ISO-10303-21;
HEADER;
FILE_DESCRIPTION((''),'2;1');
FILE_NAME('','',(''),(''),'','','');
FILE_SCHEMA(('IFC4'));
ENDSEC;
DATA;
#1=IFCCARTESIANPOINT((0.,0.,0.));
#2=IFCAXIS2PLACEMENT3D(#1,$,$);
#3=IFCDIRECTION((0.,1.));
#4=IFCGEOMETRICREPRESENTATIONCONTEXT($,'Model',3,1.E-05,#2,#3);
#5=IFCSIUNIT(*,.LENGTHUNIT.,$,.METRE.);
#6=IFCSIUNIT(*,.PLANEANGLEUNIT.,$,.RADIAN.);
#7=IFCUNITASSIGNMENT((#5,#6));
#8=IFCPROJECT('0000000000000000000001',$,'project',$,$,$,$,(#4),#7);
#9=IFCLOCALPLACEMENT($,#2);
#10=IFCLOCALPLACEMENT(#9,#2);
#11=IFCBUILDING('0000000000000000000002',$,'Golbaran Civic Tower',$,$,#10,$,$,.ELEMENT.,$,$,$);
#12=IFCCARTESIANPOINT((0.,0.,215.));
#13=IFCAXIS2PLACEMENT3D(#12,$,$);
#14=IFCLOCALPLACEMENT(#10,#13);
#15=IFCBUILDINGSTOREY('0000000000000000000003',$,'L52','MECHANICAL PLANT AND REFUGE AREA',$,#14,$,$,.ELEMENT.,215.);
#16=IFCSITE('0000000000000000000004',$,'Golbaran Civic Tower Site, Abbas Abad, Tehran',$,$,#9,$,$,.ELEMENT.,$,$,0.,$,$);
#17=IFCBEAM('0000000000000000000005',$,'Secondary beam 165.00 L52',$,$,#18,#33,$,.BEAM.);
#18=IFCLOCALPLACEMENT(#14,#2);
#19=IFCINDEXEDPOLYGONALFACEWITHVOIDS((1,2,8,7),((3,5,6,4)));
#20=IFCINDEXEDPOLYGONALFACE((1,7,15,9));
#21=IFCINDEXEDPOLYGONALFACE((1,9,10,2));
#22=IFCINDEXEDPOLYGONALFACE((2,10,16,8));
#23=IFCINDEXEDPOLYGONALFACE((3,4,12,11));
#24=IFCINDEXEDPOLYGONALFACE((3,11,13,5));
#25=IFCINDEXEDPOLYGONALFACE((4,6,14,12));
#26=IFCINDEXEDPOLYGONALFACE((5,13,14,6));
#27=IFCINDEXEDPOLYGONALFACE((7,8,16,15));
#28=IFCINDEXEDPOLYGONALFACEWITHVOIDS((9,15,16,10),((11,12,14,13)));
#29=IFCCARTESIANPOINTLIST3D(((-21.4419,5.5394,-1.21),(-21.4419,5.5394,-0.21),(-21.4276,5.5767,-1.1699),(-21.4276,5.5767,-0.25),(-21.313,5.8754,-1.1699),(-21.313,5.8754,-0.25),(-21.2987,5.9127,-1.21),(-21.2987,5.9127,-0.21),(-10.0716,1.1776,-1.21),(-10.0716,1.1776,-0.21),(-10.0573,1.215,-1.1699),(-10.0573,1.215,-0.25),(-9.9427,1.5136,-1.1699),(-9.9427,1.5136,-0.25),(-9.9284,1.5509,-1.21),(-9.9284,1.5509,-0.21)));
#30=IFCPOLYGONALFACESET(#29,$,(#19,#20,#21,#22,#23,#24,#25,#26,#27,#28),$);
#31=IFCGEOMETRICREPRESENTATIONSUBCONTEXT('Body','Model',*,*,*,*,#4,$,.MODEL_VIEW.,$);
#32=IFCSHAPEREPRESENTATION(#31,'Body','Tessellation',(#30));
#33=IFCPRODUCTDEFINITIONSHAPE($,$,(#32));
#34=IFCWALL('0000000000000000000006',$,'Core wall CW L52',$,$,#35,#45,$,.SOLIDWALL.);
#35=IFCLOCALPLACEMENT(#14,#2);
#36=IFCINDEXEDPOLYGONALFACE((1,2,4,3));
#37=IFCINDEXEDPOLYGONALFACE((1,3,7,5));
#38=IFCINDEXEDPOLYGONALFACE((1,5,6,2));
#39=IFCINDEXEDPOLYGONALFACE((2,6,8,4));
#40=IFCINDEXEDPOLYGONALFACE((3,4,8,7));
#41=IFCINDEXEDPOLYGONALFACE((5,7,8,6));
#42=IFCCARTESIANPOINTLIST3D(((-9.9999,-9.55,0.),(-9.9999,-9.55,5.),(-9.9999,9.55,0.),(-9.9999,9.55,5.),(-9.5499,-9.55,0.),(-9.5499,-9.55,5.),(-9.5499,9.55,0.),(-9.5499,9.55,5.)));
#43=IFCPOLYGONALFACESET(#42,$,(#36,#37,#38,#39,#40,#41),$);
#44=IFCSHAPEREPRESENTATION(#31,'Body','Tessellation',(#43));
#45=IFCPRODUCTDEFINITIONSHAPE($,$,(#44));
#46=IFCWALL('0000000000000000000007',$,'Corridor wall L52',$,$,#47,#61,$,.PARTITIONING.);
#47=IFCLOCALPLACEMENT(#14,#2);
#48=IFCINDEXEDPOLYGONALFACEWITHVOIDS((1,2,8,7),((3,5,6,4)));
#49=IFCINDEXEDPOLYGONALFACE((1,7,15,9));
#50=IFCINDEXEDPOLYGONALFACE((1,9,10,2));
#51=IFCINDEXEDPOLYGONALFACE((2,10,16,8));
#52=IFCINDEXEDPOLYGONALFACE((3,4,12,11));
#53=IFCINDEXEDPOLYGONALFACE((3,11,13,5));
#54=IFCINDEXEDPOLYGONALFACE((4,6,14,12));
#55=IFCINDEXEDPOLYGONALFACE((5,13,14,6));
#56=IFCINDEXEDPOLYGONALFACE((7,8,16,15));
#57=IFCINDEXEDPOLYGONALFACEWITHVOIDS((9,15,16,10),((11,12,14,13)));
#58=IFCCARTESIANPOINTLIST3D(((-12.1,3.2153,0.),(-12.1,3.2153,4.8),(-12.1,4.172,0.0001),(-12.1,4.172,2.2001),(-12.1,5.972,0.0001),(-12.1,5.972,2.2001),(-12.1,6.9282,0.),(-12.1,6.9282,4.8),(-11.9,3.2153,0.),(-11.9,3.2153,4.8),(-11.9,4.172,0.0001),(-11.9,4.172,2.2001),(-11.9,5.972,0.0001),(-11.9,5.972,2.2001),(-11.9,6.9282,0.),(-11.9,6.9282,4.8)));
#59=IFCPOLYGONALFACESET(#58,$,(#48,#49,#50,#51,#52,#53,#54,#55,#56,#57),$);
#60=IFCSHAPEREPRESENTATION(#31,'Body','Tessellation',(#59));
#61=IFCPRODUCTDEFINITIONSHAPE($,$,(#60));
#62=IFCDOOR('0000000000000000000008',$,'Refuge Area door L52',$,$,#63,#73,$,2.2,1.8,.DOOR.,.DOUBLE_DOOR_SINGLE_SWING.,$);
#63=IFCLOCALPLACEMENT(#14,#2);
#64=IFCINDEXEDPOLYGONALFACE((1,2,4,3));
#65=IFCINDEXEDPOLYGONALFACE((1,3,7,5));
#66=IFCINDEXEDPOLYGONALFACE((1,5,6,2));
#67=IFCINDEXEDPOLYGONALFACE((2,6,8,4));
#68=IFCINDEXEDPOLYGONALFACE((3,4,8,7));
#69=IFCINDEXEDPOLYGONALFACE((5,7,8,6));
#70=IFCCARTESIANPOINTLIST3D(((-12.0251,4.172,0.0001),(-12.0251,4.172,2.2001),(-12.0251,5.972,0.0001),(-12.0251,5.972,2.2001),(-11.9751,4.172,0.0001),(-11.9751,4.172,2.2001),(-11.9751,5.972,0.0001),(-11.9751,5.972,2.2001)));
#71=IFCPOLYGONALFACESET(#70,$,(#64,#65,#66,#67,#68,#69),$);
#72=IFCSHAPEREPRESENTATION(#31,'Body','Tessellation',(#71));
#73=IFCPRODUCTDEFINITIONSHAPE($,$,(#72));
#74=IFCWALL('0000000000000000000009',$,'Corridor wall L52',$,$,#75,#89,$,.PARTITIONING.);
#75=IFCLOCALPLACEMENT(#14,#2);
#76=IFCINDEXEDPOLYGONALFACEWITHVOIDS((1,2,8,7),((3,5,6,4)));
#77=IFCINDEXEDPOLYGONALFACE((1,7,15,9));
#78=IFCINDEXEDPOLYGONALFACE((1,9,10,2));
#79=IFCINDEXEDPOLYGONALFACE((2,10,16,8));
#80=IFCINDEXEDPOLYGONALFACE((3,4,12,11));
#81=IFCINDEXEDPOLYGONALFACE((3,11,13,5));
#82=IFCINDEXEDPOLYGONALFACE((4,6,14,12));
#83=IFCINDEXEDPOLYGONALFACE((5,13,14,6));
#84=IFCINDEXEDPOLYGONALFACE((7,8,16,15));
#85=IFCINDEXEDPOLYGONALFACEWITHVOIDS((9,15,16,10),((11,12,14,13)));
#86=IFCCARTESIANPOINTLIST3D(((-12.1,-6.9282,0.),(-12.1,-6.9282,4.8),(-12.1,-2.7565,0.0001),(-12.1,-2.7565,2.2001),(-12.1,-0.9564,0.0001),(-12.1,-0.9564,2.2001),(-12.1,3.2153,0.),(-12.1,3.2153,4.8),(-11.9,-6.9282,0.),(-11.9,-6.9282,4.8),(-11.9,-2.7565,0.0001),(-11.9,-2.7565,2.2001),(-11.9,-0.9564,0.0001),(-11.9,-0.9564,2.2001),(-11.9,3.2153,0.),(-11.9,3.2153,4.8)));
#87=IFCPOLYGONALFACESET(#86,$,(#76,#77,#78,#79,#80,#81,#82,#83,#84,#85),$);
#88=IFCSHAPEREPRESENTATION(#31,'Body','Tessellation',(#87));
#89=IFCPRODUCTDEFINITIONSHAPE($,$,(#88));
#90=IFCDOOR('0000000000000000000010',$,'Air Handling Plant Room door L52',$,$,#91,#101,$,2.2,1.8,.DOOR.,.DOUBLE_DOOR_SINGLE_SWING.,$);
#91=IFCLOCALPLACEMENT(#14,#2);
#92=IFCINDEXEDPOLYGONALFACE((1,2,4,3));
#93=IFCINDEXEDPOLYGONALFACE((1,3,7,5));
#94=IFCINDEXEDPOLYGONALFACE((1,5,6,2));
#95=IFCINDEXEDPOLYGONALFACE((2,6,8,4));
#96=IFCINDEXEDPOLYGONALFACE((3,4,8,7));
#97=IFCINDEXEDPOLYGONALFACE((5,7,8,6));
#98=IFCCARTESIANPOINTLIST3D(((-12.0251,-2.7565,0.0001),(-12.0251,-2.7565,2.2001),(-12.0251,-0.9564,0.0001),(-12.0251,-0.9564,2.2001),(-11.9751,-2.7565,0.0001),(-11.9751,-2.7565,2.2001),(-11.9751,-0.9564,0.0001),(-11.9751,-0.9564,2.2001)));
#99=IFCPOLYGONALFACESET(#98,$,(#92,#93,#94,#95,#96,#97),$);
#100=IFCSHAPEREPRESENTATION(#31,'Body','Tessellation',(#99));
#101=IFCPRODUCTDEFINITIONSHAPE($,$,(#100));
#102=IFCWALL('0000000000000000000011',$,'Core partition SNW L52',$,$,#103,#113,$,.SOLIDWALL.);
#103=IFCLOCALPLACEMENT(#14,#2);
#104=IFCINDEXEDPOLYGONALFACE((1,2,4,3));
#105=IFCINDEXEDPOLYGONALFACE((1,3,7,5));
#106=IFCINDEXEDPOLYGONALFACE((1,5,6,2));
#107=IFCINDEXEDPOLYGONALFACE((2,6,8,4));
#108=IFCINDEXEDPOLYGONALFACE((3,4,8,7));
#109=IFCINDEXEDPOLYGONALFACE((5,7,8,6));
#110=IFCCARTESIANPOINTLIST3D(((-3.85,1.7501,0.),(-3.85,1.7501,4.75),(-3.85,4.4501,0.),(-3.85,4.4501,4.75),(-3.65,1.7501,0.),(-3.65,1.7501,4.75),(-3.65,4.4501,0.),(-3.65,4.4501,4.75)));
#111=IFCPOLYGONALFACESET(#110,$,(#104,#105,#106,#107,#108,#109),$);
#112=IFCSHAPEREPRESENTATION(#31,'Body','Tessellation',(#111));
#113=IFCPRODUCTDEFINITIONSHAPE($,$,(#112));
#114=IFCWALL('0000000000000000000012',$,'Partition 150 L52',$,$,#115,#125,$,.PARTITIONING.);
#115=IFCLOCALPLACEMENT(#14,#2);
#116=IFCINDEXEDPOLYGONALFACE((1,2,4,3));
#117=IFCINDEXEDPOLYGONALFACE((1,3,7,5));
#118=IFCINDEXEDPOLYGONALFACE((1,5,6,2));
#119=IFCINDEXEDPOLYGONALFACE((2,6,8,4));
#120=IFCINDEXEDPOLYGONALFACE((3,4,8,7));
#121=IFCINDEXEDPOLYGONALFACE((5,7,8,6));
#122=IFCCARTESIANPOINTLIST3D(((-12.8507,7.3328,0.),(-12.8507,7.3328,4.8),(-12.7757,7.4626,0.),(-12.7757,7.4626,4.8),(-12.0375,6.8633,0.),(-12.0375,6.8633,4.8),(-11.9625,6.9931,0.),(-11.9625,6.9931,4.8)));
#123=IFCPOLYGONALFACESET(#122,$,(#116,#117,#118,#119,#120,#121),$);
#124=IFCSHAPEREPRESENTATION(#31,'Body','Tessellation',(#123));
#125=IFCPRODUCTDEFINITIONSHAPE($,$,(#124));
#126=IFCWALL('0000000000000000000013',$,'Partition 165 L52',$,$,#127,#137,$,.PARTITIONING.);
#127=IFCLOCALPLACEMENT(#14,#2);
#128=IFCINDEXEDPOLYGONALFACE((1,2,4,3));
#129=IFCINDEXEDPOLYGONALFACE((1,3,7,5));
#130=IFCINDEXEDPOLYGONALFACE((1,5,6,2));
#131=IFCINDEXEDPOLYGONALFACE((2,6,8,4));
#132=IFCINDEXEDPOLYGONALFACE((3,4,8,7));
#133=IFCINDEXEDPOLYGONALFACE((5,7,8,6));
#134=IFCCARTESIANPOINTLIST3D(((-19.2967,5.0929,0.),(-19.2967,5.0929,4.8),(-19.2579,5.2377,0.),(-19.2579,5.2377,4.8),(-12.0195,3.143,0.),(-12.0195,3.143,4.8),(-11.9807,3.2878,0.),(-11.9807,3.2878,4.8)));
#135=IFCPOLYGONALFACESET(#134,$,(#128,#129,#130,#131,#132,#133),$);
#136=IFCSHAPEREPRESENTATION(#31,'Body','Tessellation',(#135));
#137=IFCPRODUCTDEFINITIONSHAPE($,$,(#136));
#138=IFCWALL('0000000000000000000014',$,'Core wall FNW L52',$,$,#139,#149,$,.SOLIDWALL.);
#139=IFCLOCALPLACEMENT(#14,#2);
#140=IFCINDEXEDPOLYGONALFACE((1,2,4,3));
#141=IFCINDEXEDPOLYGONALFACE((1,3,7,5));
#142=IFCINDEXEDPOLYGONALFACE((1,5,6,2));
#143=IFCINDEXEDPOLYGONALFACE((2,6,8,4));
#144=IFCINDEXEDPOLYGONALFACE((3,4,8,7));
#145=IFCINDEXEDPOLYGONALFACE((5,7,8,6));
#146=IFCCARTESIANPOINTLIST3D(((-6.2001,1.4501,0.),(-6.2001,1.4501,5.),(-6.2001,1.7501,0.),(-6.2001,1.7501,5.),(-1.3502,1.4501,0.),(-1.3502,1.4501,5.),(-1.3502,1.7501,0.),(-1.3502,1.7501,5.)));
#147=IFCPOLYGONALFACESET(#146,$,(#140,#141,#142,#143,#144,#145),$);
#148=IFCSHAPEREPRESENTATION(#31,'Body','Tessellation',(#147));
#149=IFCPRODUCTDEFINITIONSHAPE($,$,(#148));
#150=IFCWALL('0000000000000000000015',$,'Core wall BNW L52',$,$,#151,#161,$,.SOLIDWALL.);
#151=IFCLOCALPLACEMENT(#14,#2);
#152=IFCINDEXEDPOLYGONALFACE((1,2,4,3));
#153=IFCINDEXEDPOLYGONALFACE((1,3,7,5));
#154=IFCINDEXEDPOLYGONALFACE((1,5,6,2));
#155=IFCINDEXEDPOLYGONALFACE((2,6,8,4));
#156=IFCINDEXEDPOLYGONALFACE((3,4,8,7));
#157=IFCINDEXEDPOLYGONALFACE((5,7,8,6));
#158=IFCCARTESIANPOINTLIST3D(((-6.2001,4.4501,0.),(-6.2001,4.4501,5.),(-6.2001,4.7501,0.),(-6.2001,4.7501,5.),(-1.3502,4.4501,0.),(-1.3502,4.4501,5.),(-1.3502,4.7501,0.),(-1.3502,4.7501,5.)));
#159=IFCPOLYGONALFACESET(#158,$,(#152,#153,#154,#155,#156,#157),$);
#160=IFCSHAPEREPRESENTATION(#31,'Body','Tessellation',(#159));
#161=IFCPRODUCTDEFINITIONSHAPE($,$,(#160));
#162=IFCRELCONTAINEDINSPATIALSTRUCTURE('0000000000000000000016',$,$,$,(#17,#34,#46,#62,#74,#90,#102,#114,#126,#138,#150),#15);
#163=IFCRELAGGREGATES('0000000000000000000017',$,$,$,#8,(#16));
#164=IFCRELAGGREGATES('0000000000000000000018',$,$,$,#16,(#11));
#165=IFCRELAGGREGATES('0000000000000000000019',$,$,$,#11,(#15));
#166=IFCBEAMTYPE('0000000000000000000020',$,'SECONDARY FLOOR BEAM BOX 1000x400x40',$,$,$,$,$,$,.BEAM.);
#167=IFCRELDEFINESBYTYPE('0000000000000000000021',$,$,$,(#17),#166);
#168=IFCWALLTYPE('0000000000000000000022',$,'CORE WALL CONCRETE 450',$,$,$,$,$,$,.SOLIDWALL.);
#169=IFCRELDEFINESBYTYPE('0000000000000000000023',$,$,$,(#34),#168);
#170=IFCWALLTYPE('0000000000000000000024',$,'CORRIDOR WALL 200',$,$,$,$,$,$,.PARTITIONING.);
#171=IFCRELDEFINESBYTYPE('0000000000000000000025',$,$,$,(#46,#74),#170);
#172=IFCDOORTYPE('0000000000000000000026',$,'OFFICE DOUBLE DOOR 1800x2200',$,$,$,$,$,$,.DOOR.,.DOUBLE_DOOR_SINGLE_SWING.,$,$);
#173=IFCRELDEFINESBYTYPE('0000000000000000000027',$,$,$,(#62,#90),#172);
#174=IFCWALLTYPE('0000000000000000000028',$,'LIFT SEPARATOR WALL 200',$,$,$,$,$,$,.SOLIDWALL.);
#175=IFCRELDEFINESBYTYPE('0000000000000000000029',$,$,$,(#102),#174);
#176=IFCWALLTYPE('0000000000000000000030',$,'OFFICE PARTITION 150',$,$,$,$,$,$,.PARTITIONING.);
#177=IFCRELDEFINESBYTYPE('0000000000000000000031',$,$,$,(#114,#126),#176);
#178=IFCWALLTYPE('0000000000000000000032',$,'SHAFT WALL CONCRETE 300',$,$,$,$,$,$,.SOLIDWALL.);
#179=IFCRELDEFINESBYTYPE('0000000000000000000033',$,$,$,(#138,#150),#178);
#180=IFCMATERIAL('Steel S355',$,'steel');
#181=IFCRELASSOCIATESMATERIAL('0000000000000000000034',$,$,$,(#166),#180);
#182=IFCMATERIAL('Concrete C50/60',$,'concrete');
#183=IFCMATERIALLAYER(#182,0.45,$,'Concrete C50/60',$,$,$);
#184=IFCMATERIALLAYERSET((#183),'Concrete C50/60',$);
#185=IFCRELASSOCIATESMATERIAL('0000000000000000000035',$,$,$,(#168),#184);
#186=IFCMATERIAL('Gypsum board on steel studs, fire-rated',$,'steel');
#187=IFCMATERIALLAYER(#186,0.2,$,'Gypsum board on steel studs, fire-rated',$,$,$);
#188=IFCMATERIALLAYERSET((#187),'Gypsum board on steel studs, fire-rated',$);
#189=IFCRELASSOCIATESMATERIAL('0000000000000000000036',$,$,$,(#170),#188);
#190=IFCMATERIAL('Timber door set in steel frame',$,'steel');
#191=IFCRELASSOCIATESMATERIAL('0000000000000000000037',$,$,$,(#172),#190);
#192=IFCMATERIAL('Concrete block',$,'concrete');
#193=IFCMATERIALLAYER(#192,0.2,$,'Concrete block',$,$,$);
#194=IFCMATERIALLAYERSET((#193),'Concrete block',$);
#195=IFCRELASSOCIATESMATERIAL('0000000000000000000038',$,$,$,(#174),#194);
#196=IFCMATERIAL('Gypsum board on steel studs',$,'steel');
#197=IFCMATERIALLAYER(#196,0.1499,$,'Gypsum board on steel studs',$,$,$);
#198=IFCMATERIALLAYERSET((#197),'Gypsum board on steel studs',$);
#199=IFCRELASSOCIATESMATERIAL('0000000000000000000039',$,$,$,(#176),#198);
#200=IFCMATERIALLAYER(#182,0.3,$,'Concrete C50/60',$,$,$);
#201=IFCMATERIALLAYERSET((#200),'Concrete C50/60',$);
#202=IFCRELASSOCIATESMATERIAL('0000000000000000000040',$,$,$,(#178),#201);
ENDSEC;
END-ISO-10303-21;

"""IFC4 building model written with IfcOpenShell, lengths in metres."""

from ifc_helpers import new_model, si_unit, direction, frame, frame_2d, origin, origin_2d, place, context, subcontext, project, spatial, rectangle, hollow_rectangle, extrude, material, layer, layer_set, material_profile, profile_set, type_object, element, fill, save


model = new_model("IFC4")

# Units and contexts
model_context = context("Model", 3, precision=1e-05, world=origin(), true_north=direction((0.0, 1.0)))
body_context = subcontext(model_context, "Body", "Model", "MODEL_VIEW")
ifc_project = project(units=[si_unit("LENGTHUNIT", "METRE"), si_unit("PLANEANGLEUNIT", "RADIAN")], contexts=[model_context])

# Site, building, storey
site_placement = place(None, origin())
site = spatial("IfcSite", under=ifc_project, at=site_placement, Name="Golbaran Civic Tower Site, Abbas Abad, Tehran", CompositionType="ELEMENT", RefElevation=0.0)
building_placement = place(site_placement, origin())
building = spatial("IfcBuilding", under=site, at=building_placement, Name="Golbaran Civic Tower", CompositionType="ELEMENT")
storey_placement = place(building_placement, frame((0.0, 0.0, 215.0)))
storey = spatial("IfcBuildingStorey", under=building, at=storey_placement, Name="L52", Description="MECHANICAL PLANT AND REFUGE AREA", CompositionType="ELEMENT", Elevation=215.0)

# Beam
ifc_material_1 = material(Name="Steel S355", Category="steel")
ifc_material_profile_1 = material_profile(ifc_material_1, hollow_rectangle(XDim=0.3999, YDim=1.0, WallThickness=0.04, at=origin_2d()), Name="BOX 1000x400x40")
ifc_profile_set_1 = profile_set([ifc_material_profile_1], Name="Steel S355")
beam_type_1 = type_object("IfcBeamType", Name="SECONDARY FLOOR BEAM BOX 1000x400x40", PredefinedType="BEAM", material=ifc_profile_set_1)
beam_1_placement = place(storey_placement, frame((-10.0, 1.3643, -0.71), z_axis=(-0.933659, 0.358164, 0.0), x_axis=(-0.358164, -0.933659, 0.0)))
element("IfcBeam", 1, at=beam_1_placement, inside=storey, type_object=beam_type_1, Name="Secondary beam 165.00 L52", PredefinedType="BEAM", context=body_context, shape_type="SweptSolid", body=[
    extrude(hollow_rectangle(XDim=0.3999, YDim=1.0, WallThickness=0.04, at=origin_2d()), origin(), (0.0, 0.0, 1.0), 12.1782),
])

# Wall
ifc_material_2 = material(Name="Concrete C50/60", Category="concrete")
ifc_layer_1 = layer(ifc_material_2, 0.45, Name="Concrete C50/60")
ifc_layer_set_1 = layer_set([ifc_layer_1], Name="Concrete C50/60")
wall_type_1 = type_object("IfcWallType", Name="CORE WALL CONCRETE 450", PredefinedType="SOLIDWALL", material=ifc_layer_set_1)
wall_1_placement = place(storey_placement, frame((-9.7749, 9.55, 0.0), z_axis=(0.0, 0.0, 1.0), x_axis=(0.0, -1.0, 0.0)))
element("IfcWall", 2, at=wall_1_placement, inside=storey, type_object=wall_type_1, Name="Core wall CW L52", PredefinedType="SOLIDWALL", context=body_context, shape_type="SweptSolid", body=[
    extrude(rectangle(XDim=19.1001, YDim=0.45, at=frame_2d((9.55, 0.0))), origin(), (0.0, 0.0, 1.0), 5.0),
])

# Walls, openings, doors
ifc_material_3 = material(Name="Gypsum board on steel studs, fire-rated", Category="steel")
ifc_layer_2 = layer(ifc_material_3, 0.2, Name="Gypsum board on steel studs, fire-rated")
ifc_layer_set_2 = layer_set([ifc_layer_2], Name="Gypsum board on steel studs, fire-rated")
wall_type_2 = type_object("IfcWallType", Name="CORRIDOR WALL 200", PredefinedType="PARTITIONING", material=ifc_layer_set_2)
wall_2_placement = place(storey_placement, frame((-12.0, 6.9282, 0.0), z_axis=(0.0, 0.0, 1.0), x_axis=(0.0, -1.0, 0.0)))
wall_2 = element("IfcWall", 3, at=wall_2_placement, inside=storey, type_object=wall_type_2, Name="Corridor wall L52", PredefinedType="PARTITIONING", context=body_context, shape_type="SweptSolid", body=[
    extrude(rectangle(XDim=3.7129, YDim=0.2, at=frame_2d((1.8564, 0.0))), origin(), (0.0, 0.0, 1.0), 4.8),
])
opening_1_placement = place(wall_2_placement, frame((0.9563, 0.0, 0.0)))
opening_1 = element("IfcOpeningElement", 4, at=opening_1_placement, cuts=wall_2, PredefinedType="OPENING", context=body_context, shape_type="SweptSolid", body=[
    extrude(rectangle(XDim=1.8, YDim=2.2, at=frame_2d((0.8999, 1.1001))), frame((0.0, 0.1099, 0.0), z_axis=(0.0, -1.0, 0.0), x_axis=(1.0, 0.0, 0.0)), (0.0, 0.0, 1.0), 0.22),
])
ifc_material_4 = material(Name="Timber door set in steel frame", Category="steel")
door_type_1 = type_object("IfcDoorType", Name="OFFICE DOUBLE DOOR 1800x2200", OperationType="DOUBLE_DOOR_SINGLE_SWING", PredefinedType="DOOR", material=ifc_material_4)
door_1_placement = place(opening_1_placement, origin())
door_1 = element("IfcDoor", 5, at=door_1_placement, inside=storey, type_object=door_type_1, Name="Refuge Area door L52", OperationType="DOUBLE_DOOR_SINGLE_SWING", OverallHeight=2.2, OverallWidth=1.8, PredefinedType="DOOR", context=body_context, shape_type="SweptSolid", body=[
    extrude(rectangle(XDim=1.8, YDim=2.2, at=frame_2d((0.8999, 1.1001))), frame((0.0, 0.0249, 0.0), z_axis=(0.0, -1.0, 0.0), x_axis=(1.0, 0.0, 0.0)), (0.0, 0.0, 1.0), 0.05),
])
fill(opening_1, door_1)
wall_3_placement = place(storey_placement, frame((-12.0, 3.2153, 0.0), z_axis=(0.0, 0.0, 1.0), x_axis=(0.0, -1.0, 0.0)))
wall_3 = element("IfcWall", 6, at=wall_3_placement, inside=storey, type_object=wall_type_2, Name="Corridor wall L52", PredefinedType="PARTITIONING", context=body_context, shape_type="SweptSolid", body=[
    extrude(rectangle(XDim=10.1436, YDim=0.2, at=frame_2d((5.0718, 0.0))), origin(), (0.0, 0.0, 1.0), 4.8),
])
opening_2_placement = place(wall_3_placement, frame((4.1719, 0.0, 0.0)))
opening_2 = element("IfcOpeningElement", 7, at=opening_2_placement, cuts=wall_3, PredefinedType="OPENING", context=body_context, shape_type="SweptSolid", body=[
    extrude(rectangle(XDim=1.8, YDim=2.2, at=frame_2d((0.8999, 1.1001))), frame((0.0, 0.1099, 0.0), z_axis=(0.0, -1.0, 0.0), x_axis=(1.0, 0.0, 0.0)), (0.0, 0.0, 1.0), 0.22),
])
door_2_placement = place(opening_2_placement, origin())
door_2 = element("IfcDoor", 8, at=door_2_placement, inside=storey, type_object=door_type_1, Name="Air Handling Plant Room door L52", OperationType="DOUBLE_DOOR_SINGLE_SWING", OverallHeight=2.2, OverallWidth=1.8, PredefinedType="DOOR", context=body_context, shape_type="SweptSolid", body=[
    extrude(rectangle(XDim=1.8, YDim=2.2, at=frame_2d((0.8999, 1.1001))), frame((0.0, 0.0249, 0.0), z_axis=(0.0, -1.0, 0.0), x_axis=(1.0, 0.0, 0.0)), (0.0, 0.0, 1.0), 0.05),
])
fill(opening_2, door_2)

# Walls
ifc_material_5 = material(Name="Concrete block", Category="concrete")
ifc_layer_3 = layer(ifc_material_5, 0.2, Name="Concrete block")
ifc_layer_set_3 = layer_set([ifc_layer_3], Name="Concrete block")
wall_type_3 = type_object("IfcWallType", Name="LIFT SEPARATOR WALL 200", PredefinedType="SOLIDWALL", material=ifc_layer_set_3)
wall_4_placement = place(storey_placement, frame((-3.75, 1.75, 0.0), z_axis=(0.0, 0.0, 1.0), x_axis=(0.0, 1.0, 0.0)))
element("IfcWall", 9, at=wall_4_placement, inside=storey, type_object=wall_type_3, Name="Core partition SNW L52", PredefinedType="SOLIDWALL", context=body_context, shape_type="SweptSolid", body=[
    extrude(rectangle(XDim=2.7, YDim=0.2, at=frame_2d((1.3501, 0.0))), origin(), (0.0, 0.0, 1.0), 4.75),
])
ifc_material_6 = material(Name="Gypsum board on steel studs", Category="steel")
ifc_layer_4 = layer(ifc_material_6, 0.1499, Name="Gypsum board on steel studs")
ifc_layer_set_4 = layer_set([ifc_layer_4], Name="Gypsum board on steel studs")
wall_type_4 = type_object("IfcWallType", Name="OFFICE PARTITION 150", PredefinedType="PARTITIONING", material=ifc_layer_set_4)
wall_5_placement = place(storey_placement, frame((-12.0, 6.9282, 0.0), z_axis=(0.0, 0.0, 1.0), x_axis=(-0.866043, 0.49997, 0.0)))
element("IfcWall", 10, at=wall_5_placement, inside=storey, type_object=wall_type_4, Name="Partition 150 L52", PredefinedType="PARTITIONING", context=body_context, shape_type="SweptSolid", body=[
    extrude(rectangle(XDim=0.939, YDim=0.1499, at=frame_2d((0.4695, 0.0))), origin(), (0.0, 0.0, 1.0), 4.8),
])
wall_6_placement = place(storey_placement, frame((-12.0, 3.2153, 0.0), z_axis=(0.0, 0.0, 1.0), x_axis=(-0.965924, 0.258826, 0.0)))
element("IfcWall", 11, at=wall_6_placement, inside=storey, type_object=wall_type_4, Name="Partition 165 L52", PredefinedType="PARTITIONING", context=body_context, shape_type="SweptSolid", body=[
    extrude(rectangle(XDim=7.5339, YDim=0.1499, at=frame_2d((3.7671, 0.0))), origin(), (0.0, 0.0, 1.0), 4.8),
])
ifc_layer_5 = layer(ifc_material_2, 0.3, Name="Concrete C50/60")
ifc_layer_set_5 = layer_set([ifc_layer_5], Name="Concrete C50/60")
wall_type_5 = type_object("IfcWallType", Name="SHAFT WALL CONCRETE 300", PredefinedType="SOLIDWALL", material=ifc_layer_set_5)
for number, where, z_axis, x_axis, name in (
    (12, (-6.2, 1.6001, 0.0), (0.0, 0.0, 1.0), (1.0, 0.0, 0.0), "Core wall FNW L52"),
    (13, (-6.2, 4.6001, 0.0), (0.0, 0.0, 1.0), (1.0, 0.0, 0.0), "Core wall BNW L52"),
):
    element("IfcWall", number, at=place(storey_placement, frame(where, z_axis=z_axis, x_axis=x_axis)), inside=storey, type_object=wall_type_5, Name=name, PredefinedType="SOLIDWALL", context=body_context, shape_type="SweptSolid", body=[
        extrude(rectangle(XDim=4.8499, YDim=0.3, at=frame_2d((2.4248, 0.0))), origin(), (0.0, 0.0, 1.0), 5.0),
    ])

save(model, "model.ifc")
